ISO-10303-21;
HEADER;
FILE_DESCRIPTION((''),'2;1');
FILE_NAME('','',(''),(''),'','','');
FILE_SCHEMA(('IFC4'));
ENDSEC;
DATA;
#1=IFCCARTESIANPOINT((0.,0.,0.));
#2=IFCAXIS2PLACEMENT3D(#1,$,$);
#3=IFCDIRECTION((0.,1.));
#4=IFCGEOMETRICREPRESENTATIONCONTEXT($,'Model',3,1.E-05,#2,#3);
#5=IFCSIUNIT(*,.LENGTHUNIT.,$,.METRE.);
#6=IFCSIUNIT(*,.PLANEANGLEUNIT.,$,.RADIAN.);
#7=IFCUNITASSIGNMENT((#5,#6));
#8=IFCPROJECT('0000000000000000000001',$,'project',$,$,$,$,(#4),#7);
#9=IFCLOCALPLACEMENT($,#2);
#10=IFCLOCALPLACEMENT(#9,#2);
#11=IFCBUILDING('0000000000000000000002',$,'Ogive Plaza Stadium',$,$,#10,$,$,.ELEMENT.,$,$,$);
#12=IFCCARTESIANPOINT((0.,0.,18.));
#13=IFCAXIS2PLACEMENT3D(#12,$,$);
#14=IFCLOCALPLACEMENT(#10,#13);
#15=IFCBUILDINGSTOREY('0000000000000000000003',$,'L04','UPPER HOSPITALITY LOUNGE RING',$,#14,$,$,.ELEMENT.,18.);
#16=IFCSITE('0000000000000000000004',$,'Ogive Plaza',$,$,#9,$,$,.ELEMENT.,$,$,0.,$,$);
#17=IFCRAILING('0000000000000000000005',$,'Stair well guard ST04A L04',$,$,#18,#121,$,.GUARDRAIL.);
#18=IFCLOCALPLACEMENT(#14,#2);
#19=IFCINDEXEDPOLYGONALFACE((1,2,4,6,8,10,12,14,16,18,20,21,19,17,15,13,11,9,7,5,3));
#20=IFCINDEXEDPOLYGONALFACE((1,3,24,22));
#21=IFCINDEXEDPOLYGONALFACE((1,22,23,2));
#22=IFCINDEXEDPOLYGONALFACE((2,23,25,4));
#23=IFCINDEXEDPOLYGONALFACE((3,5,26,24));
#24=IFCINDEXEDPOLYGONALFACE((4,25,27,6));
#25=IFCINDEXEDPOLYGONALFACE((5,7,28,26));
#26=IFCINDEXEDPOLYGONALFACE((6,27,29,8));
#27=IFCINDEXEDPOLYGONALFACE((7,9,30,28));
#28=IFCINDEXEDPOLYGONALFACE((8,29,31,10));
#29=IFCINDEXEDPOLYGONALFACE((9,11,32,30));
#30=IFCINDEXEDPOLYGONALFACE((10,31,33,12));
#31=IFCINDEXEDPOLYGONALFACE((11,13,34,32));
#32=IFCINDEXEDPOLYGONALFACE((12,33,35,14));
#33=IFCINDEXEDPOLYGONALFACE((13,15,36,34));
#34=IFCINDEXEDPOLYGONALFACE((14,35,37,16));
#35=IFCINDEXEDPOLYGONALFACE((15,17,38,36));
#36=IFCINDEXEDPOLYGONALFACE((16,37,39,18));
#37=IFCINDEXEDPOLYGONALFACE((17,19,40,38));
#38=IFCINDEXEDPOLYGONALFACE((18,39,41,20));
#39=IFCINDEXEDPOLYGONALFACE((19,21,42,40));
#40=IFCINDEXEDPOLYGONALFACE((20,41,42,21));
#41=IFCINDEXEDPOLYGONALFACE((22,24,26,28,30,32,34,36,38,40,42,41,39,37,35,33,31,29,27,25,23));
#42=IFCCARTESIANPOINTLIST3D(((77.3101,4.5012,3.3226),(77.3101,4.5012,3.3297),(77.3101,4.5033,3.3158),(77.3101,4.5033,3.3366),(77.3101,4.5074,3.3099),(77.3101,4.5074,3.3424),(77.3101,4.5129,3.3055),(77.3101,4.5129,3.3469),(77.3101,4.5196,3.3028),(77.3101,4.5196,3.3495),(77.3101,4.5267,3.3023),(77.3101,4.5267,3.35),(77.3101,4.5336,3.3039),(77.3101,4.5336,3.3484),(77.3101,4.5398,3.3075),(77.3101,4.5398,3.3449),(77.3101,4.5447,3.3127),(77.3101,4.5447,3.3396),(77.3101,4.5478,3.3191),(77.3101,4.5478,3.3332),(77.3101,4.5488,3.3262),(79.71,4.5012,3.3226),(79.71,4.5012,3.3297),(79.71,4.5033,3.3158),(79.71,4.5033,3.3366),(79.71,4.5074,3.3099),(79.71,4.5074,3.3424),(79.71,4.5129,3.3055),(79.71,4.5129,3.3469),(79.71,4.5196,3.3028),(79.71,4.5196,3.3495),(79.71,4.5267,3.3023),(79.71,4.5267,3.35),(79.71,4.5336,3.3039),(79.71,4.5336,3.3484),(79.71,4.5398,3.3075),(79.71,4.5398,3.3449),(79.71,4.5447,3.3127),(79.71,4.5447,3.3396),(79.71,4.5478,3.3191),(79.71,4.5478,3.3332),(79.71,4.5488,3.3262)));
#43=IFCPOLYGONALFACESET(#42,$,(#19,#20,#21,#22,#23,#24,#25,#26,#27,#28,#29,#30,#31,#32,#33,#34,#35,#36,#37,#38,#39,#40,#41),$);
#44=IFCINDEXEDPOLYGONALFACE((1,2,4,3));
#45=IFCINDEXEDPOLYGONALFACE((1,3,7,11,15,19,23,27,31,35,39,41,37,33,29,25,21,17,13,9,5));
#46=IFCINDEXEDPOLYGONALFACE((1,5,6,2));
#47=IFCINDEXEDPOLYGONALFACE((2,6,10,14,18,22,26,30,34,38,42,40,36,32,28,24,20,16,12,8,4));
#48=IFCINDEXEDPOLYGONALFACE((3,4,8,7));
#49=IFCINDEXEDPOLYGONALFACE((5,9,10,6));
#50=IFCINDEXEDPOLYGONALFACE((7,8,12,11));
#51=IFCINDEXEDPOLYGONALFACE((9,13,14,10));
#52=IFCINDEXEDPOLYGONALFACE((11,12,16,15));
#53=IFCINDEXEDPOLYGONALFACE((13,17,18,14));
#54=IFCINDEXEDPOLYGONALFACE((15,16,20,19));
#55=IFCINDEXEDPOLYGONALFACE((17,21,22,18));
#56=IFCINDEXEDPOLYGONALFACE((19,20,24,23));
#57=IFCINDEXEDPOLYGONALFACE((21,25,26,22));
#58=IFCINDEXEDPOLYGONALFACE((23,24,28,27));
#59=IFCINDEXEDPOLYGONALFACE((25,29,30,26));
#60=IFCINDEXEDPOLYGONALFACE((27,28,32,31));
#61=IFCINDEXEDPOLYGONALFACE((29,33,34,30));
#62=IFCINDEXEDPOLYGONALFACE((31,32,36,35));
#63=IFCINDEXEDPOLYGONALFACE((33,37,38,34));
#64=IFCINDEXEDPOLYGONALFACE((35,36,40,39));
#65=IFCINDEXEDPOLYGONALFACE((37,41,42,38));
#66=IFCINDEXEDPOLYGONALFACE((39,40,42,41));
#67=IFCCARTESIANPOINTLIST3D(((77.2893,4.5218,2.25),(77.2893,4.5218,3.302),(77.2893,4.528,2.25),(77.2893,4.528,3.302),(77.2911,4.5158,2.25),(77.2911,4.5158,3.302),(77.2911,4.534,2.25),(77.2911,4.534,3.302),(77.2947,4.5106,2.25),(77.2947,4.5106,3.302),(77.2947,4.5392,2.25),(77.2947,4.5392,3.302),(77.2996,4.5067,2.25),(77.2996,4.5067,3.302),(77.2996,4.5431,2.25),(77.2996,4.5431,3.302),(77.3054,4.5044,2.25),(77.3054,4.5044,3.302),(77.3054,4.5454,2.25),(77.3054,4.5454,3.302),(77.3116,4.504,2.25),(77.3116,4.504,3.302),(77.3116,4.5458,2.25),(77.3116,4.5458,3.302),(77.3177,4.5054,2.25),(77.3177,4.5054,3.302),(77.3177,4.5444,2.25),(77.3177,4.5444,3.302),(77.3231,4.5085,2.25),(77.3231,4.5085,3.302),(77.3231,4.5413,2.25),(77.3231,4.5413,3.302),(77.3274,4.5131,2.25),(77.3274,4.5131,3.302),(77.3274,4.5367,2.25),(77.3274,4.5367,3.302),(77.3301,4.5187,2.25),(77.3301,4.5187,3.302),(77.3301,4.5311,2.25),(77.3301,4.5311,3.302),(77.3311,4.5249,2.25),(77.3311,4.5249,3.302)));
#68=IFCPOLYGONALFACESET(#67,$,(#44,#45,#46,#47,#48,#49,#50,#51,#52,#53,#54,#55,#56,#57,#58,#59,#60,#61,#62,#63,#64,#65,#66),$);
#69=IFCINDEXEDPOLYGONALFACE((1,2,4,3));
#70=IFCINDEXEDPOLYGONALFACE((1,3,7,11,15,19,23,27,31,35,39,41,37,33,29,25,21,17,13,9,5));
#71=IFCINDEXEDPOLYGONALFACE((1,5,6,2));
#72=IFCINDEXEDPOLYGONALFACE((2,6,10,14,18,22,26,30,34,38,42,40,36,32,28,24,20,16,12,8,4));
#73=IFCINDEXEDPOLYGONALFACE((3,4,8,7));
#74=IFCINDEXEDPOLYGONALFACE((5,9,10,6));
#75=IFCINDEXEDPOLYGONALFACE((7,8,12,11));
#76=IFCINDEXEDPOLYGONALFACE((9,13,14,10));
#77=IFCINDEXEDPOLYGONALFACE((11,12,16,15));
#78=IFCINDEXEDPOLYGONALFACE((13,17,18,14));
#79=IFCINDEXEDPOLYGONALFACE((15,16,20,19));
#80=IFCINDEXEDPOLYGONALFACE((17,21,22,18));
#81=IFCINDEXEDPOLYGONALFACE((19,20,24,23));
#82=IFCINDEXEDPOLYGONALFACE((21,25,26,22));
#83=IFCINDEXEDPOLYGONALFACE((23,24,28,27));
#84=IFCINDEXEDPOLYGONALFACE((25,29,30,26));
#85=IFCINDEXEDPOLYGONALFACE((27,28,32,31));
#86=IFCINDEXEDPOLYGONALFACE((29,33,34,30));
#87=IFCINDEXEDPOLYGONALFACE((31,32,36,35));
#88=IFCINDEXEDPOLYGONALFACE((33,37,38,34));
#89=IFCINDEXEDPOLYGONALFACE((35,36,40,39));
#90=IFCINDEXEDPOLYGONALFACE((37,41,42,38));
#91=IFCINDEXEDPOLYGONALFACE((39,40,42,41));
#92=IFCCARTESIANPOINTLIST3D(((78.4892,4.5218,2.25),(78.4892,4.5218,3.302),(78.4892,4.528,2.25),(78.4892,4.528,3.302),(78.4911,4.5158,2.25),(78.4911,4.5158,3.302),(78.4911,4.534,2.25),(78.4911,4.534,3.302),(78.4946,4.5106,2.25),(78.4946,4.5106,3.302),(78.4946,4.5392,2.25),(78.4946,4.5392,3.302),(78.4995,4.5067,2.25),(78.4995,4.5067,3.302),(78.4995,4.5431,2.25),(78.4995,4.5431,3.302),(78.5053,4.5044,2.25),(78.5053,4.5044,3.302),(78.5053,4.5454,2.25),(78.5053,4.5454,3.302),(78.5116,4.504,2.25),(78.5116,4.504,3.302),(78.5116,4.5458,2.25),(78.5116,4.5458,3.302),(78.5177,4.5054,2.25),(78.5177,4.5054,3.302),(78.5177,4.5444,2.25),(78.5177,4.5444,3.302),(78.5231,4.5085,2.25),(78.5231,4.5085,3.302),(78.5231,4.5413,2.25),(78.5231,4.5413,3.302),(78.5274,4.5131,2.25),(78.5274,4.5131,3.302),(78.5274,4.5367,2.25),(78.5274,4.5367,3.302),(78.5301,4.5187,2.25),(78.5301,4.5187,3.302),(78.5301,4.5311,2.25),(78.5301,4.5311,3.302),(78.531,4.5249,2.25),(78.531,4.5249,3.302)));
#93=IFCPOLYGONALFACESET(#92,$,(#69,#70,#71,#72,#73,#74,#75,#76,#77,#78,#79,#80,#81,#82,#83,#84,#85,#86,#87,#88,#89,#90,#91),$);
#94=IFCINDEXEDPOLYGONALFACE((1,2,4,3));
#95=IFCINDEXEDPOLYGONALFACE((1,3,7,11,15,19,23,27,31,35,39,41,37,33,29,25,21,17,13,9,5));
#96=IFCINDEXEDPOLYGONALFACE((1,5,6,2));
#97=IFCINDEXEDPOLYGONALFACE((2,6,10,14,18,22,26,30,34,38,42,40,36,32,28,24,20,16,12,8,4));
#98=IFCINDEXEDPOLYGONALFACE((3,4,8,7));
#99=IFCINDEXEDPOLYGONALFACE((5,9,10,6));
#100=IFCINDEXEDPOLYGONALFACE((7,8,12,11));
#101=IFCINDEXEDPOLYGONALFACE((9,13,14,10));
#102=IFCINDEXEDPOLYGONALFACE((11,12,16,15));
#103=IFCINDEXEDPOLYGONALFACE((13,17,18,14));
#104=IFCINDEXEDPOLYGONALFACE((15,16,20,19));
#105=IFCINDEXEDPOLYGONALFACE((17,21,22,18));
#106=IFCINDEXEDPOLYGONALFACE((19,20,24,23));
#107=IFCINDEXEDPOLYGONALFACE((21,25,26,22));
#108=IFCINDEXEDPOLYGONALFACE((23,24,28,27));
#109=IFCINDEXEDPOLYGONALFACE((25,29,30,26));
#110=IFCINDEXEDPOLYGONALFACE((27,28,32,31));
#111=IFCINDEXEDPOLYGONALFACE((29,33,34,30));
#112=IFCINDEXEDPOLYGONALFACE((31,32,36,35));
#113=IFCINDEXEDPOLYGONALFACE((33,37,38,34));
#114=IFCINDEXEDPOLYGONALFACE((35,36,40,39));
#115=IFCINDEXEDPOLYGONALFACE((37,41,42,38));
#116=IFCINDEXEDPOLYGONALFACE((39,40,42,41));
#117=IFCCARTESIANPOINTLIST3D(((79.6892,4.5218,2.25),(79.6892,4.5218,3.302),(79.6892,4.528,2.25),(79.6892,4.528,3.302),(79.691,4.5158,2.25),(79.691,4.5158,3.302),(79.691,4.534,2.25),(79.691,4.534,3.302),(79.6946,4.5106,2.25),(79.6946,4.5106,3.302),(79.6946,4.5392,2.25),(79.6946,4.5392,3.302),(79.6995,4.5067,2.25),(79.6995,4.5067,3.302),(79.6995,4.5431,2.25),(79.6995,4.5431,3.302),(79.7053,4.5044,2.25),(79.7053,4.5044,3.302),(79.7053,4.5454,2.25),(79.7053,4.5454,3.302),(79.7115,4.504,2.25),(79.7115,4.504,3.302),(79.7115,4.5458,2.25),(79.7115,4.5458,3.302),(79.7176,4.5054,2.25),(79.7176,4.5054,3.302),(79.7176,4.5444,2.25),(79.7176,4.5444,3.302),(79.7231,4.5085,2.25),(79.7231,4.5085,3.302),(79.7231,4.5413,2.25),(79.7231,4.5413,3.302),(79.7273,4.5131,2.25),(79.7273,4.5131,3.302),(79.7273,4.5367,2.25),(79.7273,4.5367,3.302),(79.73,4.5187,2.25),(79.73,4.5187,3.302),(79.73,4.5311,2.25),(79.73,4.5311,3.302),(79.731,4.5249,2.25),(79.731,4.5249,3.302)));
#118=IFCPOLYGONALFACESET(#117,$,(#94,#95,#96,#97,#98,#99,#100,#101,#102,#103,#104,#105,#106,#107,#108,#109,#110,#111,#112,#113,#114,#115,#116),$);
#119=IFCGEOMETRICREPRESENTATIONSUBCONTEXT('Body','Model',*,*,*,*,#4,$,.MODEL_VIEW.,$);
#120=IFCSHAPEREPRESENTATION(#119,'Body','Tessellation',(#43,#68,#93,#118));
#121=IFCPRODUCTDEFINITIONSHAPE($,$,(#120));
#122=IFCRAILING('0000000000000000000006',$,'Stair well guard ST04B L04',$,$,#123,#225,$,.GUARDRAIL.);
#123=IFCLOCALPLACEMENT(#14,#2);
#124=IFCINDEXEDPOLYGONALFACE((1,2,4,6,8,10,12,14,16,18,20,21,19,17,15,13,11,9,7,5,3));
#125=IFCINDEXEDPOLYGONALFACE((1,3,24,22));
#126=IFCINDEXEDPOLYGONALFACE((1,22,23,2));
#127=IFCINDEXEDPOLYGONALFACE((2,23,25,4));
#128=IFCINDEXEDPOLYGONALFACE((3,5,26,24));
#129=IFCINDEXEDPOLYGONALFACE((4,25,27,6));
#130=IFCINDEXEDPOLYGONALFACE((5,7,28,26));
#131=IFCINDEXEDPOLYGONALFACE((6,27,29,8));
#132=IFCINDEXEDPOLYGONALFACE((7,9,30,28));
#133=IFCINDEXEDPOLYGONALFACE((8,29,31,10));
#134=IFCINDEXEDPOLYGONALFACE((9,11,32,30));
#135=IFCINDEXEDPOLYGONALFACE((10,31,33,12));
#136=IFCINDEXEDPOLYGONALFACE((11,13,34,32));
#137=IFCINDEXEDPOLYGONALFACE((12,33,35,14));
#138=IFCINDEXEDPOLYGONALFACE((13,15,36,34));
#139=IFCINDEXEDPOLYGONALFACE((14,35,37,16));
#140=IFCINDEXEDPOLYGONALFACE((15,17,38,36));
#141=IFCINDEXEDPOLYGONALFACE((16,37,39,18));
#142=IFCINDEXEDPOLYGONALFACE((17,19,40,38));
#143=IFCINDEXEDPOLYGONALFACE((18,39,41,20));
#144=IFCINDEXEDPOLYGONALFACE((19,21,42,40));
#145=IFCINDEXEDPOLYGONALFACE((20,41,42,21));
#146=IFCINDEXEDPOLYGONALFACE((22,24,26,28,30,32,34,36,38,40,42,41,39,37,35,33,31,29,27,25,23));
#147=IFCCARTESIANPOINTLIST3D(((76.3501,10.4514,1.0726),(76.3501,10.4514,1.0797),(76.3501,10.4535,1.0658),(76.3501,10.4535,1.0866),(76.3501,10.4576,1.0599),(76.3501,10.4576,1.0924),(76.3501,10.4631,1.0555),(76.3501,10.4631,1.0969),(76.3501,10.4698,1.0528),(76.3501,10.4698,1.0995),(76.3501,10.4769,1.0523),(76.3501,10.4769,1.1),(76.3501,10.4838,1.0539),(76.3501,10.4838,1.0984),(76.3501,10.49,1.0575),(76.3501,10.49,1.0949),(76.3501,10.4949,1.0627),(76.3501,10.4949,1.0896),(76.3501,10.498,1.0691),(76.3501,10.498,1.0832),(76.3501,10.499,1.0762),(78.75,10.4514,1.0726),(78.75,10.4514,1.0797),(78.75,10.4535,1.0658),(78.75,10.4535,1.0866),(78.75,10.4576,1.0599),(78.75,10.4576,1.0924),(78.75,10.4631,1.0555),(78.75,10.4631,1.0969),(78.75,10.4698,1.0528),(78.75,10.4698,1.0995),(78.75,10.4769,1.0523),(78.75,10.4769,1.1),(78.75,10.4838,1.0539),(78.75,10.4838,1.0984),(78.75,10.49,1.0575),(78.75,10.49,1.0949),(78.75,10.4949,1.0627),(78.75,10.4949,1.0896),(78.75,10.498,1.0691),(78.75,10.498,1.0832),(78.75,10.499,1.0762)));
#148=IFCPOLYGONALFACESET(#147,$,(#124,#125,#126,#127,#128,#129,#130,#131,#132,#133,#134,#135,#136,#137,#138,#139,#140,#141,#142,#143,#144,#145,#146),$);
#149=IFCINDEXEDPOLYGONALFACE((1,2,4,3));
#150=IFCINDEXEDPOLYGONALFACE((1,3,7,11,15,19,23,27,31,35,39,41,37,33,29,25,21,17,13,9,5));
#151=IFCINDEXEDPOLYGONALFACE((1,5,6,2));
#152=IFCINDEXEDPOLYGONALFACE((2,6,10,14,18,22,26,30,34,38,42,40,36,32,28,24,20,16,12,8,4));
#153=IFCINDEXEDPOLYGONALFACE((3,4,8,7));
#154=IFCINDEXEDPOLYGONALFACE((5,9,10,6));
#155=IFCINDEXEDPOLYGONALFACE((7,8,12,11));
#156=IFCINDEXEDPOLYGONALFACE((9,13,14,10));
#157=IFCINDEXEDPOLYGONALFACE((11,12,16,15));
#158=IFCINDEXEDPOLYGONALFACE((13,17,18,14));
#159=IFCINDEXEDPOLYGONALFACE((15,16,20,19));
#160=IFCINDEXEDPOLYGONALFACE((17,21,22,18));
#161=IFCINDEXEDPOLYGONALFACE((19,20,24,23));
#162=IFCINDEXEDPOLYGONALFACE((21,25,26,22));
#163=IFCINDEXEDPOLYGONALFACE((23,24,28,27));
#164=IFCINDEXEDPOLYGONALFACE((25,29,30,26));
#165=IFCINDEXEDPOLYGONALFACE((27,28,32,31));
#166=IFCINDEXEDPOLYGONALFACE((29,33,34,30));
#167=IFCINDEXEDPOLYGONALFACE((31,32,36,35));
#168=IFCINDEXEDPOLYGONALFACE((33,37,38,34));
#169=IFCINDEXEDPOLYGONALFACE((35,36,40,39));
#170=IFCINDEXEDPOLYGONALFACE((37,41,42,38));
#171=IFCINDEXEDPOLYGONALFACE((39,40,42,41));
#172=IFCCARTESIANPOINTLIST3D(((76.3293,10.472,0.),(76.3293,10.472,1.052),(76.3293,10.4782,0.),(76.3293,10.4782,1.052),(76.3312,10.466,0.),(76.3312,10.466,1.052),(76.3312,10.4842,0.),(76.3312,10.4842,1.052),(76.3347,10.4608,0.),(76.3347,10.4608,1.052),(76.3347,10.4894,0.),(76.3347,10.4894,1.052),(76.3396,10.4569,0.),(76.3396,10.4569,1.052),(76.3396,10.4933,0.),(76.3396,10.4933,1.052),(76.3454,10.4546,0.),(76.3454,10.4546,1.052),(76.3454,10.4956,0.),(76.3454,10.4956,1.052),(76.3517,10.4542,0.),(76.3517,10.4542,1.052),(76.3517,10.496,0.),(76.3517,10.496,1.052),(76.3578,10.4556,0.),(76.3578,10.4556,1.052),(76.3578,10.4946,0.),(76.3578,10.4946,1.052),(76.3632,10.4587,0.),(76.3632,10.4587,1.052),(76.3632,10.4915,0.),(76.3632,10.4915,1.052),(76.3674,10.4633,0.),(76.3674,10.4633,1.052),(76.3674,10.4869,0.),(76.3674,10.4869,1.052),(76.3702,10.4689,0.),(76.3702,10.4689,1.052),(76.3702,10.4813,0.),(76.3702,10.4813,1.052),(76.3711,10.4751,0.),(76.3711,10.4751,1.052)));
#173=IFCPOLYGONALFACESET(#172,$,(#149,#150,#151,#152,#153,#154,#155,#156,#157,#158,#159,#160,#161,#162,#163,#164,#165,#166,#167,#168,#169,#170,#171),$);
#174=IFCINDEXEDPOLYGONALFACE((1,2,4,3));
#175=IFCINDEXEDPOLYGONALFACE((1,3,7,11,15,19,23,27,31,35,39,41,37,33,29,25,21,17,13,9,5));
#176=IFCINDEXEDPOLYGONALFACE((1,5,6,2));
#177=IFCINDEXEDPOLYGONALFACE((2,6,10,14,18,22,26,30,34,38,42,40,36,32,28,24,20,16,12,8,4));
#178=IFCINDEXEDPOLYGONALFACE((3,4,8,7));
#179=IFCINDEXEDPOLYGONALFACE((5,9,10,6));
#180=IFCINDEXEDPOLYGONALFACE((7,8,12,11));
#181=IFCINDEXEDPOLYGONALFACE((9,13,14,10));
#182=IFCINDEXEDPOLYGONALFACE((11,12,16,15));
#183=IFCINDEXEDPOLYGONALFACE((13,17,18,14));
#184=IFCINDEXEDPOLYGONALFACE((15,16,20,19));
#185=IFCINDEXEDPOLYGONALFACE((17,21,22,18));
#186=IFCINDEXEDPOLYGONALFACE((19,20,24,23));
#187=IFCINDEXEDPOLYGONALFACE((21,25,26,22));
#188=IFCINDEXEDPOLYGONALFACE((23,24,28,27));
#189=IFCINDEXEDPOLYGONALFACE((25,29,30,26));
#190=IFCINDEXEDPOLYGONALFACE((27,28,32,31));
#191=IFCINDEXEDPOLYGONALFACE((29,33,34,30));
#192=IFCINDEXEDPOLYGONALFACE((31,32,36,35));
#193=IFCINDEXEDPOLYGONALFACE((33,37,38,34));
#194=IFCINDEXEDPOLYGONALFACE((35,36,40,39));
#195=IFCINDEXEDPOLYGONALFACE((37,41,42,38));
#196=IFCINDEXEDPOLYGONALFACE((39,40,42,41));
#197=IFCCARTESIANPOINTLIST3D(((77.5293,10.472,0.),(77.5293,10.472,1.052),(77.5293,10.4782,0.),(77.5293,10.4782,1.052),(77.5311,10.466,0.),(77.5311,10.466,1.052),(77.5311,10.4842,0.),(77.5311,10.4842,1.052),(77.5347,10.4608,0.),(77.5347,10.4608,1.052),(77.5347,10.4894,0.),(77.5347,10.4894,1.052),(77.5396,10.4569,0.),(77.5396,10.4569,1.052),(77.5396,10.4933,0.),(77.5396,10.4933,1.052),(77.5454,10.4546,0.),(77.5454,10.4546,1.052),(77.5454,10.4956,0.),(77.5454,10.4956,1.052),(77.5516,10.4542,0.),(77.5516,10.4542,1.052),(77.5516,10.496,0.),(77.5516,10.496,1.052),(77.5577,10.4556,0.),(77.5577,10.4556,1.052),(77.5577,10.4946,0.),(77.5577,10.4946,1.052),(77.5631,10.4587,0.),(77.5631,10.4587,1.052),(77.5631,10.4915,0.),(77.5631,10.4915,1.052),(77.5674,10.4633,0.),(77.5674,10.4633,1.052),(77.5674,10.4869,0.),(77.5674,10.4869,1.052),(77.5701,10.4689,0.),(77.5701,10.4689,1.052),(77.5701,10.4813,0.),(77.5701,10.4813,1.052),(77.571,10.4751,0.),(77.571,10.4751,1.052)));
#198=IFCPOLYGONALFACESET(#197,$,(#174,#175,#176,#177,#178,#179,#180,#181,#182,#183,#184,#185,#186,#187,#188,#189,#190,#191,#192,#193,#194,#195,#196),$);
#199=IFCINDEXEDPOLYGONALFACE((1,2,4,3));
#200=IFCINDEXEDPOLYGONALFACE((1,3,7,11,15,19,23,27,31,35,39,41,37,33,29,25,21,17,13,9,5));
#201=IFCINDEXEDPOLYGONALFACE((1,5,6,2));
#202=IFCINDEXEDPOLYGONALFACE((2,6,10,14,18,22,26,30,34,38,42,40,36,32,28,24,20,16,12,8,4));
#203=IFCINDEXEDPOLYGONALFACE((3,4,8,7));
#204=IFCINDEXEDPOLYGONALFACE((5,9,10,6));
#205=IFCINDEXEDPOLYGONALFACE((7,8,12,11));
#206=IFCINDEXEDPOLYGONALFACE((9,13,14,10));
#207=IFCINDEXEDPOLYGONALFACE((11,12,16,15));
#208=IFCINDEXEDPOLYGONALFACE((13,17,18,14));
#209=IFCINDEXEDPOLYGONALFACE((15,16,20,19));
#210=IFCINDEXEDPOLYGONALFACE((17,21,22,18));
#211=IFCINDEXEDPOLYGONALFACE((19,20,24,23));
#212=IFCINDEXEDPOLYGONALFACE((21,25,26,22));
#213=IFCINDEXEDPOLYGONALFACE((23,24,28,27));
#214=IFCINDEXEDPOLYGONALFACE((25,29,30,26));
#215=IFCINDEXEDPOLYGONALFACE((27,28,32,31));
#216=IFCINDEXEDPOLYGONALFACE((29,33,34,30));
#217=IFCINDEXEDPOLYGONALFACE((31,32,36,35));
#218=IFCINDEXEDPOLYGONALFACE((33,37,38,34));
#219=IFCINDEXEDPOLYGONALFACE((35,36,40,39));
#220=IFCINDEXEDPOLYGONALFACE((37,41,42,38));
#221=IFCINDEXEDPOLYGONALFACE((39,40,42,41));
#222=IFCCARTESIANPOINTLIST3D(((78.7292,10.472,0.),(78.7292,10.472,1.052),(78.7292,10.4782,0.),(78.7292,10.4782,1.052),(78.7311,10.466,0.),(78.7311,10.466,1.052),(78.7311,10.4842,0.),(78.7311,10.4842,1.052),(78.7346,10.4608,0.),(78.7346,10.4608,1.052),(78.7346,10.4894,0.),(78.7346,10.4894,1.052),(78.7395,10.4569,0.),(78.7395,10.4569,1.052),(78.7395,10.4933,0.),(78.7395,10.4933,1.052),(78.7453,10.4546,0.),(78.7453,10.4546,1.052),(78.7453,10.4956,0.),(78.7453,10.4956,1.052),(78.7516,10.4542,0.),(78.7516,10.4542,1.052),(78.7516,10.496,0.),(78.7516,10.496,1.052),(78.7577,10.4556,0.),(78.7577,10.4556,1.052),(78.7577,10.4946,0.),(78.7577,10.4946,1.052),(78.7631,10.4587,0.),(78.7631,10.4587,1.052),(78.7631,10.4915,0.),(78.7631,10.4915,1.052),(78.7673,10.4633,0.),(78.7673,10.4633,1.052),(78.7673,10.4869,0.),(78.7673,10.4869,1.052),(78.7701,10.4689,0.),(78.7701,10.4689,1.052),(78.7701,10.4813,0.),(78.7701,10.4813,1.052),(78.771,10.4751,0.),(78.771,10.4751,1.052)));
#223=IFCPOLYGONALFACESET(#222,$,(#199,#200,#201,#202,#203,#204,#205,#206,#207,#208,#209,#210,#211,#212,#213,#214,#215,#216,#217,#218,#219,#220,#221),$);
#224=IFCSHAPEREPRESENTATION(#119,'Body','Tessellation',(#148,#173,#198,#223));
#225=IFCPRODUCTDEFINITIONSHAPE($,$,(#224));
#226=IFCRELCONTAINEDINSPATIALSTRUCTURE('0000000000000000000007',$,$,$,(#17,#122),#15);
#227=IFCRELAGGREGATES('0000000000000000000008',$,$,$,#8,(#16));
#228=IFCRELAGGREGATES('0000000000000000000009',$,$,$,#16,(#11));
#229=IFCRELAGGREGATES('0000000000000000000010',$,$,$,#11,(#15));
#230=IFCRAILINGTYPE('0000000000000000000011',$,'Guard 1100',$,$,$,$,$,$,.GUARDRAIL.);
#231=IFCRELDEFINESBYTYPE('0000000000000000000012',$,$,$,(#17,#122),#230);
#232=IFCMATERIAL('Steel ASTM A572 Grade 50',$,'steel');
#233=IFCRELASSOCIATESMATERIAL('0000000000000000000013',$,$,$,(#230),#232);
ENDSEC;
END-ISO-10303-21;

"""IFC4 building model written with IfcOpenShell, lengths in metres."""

from ifc_helpers import new_model, si_unit, direction, frame, origin, origin_2d, place, context, subcontext, project, spatial, circle, extrude, material, type_object, element, save


model = new_model("IFC4")

# Units and contexts
model_context = context("Model", 3, precision=1e-05, world=origin(), true_north=direction((0.0, 1.0)))
body_context = subcontext(model_context, "Body", "Model", "MODEL_VIEW")
ifc_project = project(units=[si_unit("LENGTHUNIT", "METRE"), si_unit("PLANEANGLEUNIT", "RADIAN")], contexts=[model_context])

# Site, building, storey
site_placement = place(None, origin())
site = spatial("IfcSite", under=ifc_project, at=site_placement, Name="Ogive Plaza", CompositionType="ELEMENT", RefElevation=0.0)
building_placement = place(site_placement, origin())
building = spatial("IfcBuilding", under=site, at=building_placement, Name="Ogive Plaza Stadium", CompositionType="ELEMENT")
storey_placement = place(building_placement, frame((0.0, 0.0, 18.0)))
storey = spatial("IfcBuildingStorey", under=building, at=storey_placement, Name="L04", Description="UPPER HOSPITALITY LOUNGE RING", CompositionType="ELEMENT", Elevation=18.0)

# Railings
ifc_material_1 = material(Name="Steel ASTM A572 Grade 50", Category="steel")
railing_type_1 = type_object("IfcRailingType", Name="Guard 1100", PredefinedType="GUARDRAIL", material=ifc_material_1)
for number, where, name in (
    (1, (77.3101, 4.5249, 2.25), "Stair well guard ST04A L04"),
    (2, (76.3501, 10.4751, 0.0), "Stair well guard ST04B L04"),
):
    element("IfcRailing", number, at=place(storey_placement, frame(where)), inside=storey, type_object=railing_type_1, Name=name, PredefinedType="GUARDRAIL", context=body_context, shape_type="SweptSolid", body=[
        extrude(circle(Radius=0.0239, at=origin_2d()), frame((0.0, 0.0, 1.0762), z_axis=(1.0, 0.0, 0.0), x_axis=(0.0, 1.0, 0.0)), (0.0, 0.0, 1.0), 2.3999),
        extrude(circle(Radius=0.021, at=origin_2d()), origin(), (0.0, 0.0, 1.0), 1.052),
        extrude(circle(Radius=0.021, at=origin_2d()), frame((1.2, 0.0, 0.0)), (0.0, 0.0, 1.0), 1.052),
        extrude(circle(Radius=0.021, at=origin_2d()), frame((2.3999, 0.0, 0.0)), (0.0, 0.0, 1.0), 1.052),
    ])

save(model, "model.ifc")
